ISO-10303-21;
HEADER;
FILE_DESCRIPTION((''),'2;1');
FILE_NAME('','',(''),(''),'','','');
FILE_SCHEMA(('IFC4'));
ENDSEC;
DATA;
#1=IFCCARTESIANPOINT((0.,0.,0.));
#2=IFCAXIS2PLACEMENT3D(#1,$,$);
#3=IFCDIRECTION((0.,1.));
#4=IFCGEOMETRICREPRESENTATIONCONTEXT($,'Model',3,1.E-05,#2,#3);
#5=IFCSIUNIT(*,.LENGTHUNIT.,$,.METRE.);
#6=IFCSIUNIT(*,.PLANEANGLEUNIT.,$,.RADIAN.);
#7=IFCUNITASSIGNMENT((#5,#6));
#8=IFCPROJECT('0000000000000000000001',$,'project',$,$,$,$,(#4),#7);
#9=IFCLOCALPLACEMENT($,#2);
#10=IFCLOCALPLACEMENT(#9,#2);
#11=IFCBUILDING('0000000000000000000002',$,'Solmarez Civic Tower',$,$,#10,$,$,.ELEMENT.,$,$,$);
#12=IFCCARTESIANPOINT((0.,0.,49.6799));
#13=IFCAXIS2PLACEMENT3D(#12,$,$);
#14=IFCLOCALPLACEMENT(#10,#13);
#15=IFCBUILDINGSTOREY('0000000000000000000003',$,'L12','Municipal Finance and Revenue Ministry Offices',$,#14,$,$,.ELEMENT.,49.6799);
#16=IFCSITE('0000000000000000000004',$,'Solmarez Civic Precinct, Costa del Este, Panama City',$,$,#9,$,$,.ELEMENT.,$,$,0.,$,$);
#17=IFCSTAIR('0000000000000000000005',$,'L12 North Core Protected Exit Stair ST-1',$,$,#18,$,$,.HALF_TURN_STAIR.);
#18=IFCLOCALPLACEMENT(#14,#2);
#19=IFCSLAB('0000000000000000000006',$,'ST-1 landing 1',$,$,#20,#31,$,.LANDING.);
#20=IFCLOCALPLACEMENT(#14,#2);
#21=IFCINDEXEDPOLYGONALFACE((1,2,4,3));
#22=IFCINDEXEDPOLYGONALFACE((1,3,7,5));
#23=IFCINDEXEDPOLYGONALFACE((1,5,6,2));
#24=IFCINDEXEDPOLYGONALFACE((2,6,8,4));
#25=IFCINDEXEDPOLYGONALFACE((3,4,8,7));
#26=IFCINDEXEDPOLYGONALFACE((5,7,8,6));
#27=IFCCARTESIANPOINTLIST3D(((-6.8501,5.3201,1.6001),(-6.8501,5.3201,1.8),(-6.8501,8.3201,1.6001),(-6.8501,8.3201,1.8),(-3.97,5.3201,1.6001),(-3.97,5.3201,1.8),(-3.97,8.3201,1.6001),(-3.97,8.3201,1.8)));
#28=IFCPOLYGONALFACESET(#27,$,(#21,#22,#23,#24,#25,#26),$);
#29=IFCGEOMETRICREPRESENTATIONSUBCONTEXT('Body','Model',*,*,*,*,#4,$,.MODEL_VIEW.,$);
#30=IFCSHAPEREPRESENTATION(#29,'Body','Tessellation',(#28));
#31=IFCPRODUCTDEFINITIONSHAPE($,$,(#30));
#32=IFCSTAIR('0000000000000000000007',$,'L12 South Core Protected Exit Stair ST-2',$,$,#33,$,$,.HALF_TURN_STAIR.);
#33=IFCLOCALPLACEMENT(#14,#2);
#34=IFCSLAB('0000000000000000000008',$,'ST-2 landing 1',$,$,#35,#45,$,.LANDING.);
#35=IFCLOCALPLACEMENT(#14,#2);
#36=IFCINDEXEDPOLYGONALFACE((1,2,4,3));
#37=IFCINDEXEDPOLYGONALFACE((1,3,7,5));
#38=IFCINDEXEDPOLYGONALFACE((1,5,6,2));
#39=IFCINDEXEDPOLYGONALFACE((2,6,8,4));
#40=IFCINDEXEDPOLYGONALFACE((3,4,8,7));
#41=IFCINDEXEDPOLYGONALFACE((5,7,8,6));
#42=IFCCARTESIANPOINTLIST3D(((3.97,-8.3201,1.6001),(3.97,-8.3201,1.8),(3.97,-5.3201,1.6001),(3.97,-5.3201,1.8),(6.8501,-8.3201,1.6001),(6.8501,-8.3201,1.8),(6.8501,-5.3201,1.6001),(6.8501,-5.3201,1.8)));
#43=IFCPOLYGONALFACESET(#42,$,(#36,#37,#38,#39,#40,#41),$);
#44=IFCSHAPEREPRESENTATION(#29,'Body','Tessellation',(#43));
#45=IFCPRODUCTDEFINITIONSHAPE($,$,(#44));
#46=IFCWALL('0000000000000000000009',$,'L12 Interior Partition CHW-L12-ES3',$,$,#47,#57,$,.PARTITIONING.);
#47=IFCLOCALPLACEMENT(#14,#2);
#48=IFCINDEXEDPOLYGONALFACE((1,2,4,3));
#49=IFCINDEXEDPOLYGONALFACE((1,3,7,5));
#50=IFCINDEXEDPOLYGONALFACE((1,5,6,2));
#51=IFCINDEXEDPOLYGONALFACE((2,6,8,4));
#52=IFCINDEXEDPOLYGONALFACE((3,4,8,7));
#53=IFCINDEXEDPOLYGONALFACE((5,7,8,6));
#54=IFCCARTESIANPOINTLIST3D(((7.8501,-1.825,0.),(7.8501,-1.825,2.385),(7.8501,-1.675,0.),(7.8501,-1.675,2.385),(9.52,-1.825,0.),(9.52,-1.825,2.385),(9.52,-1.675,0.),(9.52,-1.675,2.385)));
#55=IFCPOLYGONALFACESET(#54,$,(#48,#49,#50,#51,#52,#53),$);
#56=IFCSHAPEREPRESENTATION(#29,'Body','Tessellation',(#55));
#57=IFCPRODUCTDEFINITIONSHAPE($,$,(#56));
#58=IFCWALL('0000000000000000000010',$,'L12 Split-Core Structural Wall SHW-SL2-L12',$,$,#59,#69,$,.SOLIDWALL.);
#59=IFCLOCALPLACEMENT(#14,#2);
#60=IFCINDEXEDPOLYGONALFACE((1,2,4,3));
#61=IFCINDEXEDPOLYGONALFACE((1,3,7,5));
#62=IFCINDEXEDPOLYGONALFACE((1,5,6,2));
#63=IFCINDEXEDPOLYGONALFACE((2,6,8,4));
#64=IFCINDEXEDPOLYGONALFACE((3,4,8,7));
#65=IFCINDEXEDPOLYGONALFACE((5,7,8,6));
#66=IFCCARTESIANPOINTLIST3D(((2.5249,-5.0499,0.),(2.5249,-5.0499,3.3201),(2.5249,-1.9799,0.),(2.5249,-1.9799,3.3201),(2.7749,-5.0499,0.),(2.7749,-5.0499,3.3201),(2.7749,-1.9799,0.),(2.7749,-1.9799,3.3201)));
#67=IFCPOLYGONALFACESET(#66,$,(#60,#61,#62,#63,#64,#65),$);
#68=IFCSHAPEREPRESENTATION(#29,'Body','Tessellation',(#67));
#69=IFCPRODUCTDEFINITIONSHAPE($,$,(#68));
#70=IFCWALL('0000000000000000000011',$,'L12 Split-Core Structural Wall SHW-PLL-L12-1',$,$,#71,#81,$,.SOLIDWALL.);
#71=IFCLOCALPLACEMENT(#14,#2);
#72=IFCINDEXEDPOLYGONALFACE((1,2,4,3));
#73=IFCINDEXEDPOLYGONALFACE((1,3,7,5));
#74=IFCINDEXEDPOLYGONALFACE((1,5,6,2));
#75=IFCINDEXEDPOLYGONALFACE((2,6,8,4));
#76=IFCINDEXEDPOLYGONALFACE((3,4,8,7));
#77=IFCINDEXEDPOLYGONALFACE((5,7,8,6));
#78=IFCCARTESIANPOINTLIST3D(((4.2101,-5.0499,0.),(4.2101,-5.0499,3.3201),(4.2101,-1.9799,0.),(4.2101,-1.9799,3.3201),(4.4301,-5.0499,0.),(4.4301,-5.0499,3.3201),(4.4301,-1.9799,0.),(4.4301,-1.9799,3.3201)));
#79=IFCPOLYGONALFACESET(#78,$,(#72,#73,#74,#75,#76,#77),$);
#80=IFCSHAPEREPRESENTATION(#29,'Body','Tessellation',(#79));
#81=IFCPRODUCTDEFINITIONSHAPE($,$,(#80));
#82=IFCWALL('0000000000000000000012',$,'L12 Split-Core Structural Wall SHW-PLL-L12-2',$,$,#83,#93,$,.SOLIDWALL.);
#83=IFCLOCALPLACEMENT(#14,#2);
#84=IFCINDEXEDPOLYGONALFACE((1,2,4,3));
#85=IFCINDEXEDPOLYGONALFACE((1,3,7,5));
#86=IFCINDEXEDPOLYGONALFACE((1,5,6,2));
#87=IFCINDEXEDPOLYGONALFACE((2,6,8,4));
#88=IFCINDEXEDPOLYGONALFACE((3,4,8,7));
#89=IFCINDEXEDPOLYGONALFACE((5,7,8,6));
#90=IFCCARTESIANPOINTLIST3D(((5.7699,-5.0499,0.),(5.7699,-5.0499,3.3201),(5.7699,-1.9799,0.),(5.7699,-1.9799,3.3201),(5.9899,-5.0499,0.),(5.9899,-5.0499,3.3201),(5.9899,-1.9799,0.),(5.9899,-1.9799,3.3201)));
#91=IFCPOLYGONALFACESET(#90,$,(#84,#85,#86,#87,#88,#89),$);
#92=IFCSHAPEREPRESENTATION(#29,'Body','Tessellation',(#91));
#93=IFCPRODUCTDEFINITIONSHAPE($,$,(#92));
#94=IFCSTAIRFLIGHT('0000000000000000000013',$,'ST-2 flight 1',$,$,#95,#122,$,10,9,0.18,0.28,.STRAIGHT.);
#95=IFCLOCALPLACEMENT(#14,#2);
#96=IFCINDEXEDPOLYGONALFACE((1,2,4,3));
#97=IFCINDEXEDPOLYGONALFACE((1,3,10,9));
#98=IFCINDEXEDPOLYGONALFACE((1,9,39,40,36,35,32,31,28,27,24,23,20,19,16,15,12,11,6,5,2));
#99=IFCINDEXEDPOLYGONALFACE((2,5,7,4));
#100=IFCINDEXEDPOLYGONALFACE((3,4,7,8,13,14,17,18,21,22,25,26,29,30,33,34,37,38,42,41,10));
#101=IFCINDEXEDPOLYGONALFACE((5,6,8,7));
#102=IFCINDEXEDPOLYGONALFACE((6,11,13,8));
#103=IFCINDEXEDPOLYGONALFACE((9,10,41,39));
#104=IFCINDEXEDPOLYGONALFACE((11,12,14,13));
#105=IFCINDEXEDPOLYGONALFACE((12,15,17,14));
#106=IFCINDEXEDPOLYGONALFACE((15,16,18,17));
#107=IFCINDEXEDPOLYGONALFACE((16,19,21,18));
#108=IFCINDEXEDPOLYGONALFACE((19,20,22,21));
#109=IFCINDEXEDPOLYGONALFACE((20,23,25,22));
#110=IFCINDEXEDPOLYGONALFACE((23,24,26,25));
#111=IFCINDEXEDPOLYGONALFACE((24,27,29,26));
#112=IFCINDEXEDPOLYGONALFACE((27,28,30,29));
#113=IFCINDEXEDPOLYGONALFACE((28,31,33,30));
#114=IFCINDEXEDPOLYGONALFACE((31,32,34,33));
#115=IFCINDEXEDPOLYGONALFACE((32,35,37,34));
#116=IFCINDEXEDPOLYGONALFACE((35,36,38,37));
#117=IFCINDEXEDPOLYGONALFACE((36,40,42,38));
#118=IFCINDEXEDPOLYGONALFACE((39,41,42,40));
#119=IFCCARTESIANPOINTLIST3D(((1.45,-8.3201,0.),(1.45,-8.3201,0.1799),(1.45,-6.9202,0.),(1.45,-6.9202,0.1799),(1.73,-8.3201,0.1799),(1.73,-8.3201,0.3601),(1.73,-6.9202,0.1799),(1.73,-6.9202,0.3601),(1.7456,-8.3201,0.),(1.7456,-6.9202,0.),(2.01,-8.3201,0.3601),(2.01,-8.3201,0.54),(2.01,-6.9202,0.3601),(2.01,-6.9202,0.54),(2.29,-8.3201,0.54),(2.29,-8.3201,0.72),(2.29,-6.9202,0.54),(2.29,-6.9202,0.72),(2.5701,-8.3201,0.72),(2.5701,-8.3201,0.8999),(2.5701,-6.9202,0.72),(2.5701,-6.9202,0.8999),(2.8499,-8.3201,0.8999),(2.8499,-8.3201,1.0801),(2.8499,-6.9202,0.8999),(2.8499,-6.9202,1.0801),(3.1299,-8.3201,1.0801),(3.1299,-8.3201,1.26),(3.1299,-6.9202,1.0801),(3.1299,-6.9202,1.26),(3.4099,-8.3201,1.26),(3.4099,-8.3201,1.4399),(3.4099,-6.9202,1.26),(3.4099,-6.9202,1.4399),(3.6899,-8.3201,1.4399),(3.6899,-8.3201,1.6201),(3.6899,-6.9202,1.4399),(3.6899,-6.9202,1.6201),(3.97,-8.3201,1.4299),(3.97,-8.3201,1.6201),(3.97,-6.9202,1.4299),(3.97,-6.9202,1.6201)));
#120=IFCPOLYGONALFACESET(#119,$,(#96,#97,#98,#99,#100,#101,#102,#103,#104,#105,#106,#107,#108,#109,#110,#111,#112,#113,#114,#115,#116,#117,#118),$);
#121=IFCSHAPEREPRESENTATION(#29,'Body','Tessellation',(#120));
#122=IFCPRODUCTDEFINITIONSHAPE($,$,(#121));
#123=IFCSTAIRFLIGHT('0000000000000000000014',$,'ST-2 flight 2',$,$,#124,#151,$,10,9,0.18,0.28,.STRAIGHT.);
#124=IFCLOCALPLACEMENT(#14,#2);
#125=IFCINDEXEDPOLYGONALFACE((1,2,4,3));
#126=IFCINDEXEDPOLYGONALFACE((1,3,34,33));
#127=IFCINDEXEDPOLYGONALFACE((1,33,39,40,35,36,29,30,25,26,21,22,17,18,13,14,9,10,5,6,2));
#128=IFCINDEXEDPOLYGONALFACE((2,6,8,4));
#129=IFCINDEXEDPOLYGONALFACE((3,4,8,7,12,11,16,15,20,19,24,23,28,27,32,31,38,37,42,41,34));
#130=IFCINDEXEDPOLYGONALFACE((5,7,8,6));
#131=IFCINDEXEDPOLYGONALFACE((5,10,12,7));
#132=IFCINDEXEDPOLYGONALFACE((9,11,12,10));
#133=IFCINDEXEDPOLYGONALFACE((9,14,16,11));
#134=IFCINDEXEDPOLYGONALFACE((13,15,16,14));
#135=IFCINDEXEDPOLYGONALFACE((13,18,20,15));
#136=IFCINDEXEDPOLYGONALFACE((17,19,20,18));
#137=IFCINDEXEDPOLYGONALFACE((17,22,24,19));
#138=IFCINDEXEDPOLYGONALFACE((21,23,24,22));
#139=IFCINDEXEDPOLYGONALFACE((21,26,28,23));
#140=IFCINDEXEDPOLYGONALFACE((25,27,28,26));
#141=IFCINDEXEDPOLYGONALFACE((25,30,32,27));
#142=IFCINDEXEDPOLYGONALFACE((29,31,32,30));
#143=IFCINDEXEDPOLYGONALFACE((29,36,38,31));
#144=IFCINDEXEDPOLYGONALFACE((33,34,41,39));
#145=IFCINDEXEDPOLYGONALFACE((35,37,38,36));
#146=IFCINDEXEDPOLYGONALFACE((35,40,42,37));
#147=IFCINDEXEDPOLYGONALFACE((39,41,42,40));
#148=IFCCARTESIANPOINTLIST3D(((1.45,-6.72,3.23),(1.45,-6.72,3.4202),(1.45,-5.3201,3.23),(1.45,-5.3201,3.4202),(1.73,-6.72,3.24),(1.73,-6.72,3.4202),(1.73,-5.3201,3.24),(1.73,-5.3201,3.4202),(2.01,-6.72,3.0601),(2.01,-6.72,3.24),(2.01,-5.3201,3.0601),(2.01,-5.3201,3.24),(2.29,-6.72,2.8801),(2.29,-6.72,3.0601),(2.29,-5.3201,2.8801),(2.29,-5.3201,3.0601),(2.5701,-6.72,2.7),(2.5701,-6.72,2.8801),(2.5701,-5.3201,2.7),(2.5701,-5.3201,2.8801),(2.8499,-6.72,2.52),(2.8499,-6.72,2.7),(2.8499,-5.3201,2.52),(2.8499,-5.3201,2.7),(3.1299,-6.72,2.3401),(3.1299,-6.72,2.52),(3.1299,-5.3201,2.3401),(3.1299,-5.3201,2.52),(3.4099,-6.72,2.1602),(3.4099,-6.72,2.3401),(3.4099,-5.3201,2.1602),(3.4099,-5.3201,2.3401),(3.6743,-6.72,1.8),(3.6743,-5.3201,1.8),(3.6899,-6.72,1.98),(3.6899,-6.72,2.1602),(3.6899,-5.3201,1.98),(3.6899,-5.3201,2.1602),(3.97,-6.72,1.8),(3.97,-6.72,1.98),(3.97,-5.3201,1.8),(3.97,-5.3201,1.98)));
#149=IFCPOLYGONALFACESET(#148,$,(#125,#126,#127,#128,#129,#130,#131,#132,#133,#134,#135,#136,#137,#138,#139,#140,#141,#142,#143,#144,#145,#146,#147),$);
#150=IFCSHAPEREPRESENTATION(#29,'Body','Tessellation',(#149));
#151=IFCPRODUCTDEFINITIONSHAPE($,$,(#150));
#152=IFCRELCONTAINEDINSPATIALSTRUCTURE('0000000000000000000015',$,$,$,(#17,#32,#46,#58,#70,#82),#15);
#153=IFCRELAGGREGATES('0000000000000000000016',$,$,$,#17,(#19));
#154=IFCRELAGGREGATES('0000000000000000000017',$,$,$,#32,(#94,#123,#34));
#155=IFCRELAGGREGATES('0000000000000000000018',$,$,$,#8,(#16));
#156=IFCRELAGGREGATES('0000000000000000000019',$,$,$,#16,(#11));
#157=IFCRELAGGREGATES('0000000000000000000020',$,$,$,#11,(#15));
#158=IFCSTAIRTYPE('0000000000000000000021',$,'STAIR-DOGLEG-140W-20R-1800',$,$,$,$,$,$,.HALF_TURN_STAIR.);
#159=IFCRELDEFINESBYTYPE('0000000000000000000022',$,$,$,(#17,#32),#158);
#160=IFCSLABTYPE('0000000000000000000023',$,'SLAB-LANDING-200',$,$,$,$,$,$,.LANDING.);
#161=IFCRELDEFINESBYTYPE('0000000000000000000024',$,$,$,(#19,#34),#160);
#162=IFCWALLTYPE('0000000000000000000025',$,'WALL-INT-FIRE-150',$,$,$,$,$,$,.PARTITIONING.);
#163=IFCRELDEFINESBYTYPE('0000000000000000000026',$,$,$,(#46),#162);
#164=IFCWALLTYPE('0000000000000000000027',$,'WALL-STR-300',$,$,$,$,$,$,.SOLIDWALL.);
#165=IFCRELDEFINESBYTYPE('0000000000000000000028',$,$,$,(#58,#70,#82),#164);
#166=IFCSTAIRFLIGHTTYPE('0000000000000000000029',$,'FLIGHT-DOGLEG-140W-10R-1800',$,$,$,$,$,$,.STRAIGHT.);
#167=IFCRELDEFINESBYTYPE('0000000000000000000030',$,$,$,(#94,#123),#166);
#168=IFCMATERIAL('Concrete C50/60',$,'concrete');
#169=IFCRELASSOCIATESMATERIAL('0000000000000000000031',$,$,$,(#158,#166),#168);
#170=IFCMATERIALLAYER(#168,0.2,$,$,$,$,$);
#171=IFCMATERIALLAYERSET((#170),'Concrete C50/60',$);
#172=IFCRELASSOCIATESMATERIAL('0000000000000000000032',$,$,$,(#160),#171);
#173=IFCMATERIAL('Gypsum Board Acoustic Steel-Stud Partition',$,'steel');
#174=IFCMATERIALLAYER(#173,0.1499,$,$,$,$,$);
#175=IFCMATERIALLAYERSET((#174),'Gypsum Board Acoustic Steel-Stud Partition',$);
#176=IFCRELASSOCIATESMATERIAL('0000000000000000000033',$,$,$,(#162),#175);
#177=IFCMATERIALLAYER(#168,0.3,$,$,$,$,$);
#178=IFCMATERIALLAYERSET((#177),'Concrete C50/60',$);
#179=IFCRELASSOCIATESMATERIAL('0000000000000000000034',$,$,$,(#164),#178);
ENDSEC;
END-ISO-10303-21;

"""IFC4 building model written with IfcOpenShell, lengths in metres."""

from ifc_helpers import new_model, si_unit, direction, frame, frame_2d, origin, place, context, subcontext, project, spatial, polyline, rectangle, outline, extrude, material, layer, layer_set, type_object, element, aggregate, save


model = new_model("IFC4")

# Units and contexts
model_context = context("Model", 3, precision=1e-05, world=origin(), true_north=direction((0.0, 1.0)))
body_context = subcontext(model_context, "Body", "Model", "MODEL_VIEW")
ifc_project = project(units=[si_unit("LENGTHUNIT", "METRE"), si_unit("PLANEANGLEUNIT", "RADIAN")], contexts=[model_context])

# Site, building, storey
site_placement = place(None, origin())
site = spatial("IfcSite", under=ifc_project, at=site_placement, Name="Solmarez Civic Precinct, Costa del Este, Panama City", CompositionType="ELEMENT", RefElevation=0.0)
building_placement = place(site_placement, origin())
building = spatial("IfcBuilding", under=site, at=building_placement, Name="Solmarez Civic Tower", CompositionType="ELEMENT")
storey_placement = place(building_placement, frame((0.0, 0.0, 49.6799)))
storey = spatial("IfcBuildingStorey", under=building, at=storey_placement, Name="L12", Description="Municipal Finance and Revenue Ministry Offices", CompositionType="ELEMENT", Elevation=49.6799)

# Stairs, slabs
ifc_material_1 = material(Name="Concrete C50/60", Category="concrete")
stair_type = type_object("IfcStairType", Name="STAIR-DOGLEG-140W-20R-1800", PredefinedType="HALF_TURN_STAIR", material=ifc_material_1)
stair_1_placement = place(storey_placement, origin())
stair_1 = element("IfcStair", 1, at=stair_1_placement, inside=storey, type_object=stair_type, Name="L12 North Core Protected Exit Stair ST-1", PredefinedType="HALF_TURN_STAIR")
ifc_layer_1 = layer(ifc_material_1, 0.2)
ifc_layer_set_1 = layer_set([ifc_layer_1], Name="Concrete C50/60")
slab_type = type_object("IfcSlabType", Name="SLAB-LANDING-200", PredefinedType="LANDING", material=ifc_layer_set_1)
slab_1_placement = place(storey_placement, frame((0.0, 0.0, 1.6001)))
slab_1 = element("IfcSlab", 2, at=slab_1_placement, type_object=slab_type, Name="ST-1 landing 1", PredefinedType="LANDING", context=body_context, shape_type="SweptSolid", body=[
    extrude(outline(polyline([(-3.97, 8.3201), (-6.8501, 8.3201), (-6.8501, 5.3201), (-3.97, 5.3201), (-3.97, 8.3201)])), origin(), (0.0, 0.0, 1.0), 0.2),
])
aggregate(stair_1, [slab_1])
stair_2_placement = place(storey_placement, origin())
stair_2 = element("IfcStair", 3, at=stair_2_placement, inside=storey, type_object=stair_type, Name="L12 South Core Protected Exit Stair ST-2", PredefinedType="HALF_TURN_STAIR")
slab_2_placement = place(storey_placement, frame((0.0, 0.0, 1.6001)))
slab_2 = element("IfcSlab", 4, at=slab_2_placement, type_object=slab_type, Name="ST-2 landing 1", PredefinedType="LANDING", context=body_context, shape_type="SweptSolid", body=[
    extrude(outline(polyline([(3.97, -8.3201), (6.8501, -8.3201), (6.8501, -5.3201), (3.97, -5.3201), (3.97, -8.3201)])), origin(), (0.0, 0.0, 1.0), 0.2),
])

# Walls
ifc_material_2 = material(Name="Gypsum Board Acoustic Steel-Stud Partition", Category="steel")
ifc_layer_2 = layer(ifc_material_2, 0.1499)
ifc_layer_set_2 = layer_set([ifc_layer_2], Name="Gypsum Board Acoustic Steel-Stud Partition")
wall_type_1 = type_object("IfcWallType", Name="WALL-INT-FIRE-150", PredefinedType="PARTITIONING", material=ifc_layer_set_2)
wall_1_placement = place(storey_placement, frame((7.8501, -1.75, 0.0), z_axis=(0.0, 0.0, 1.0), x_axis=(1.0, 0.0, 0.0)))
element("IfcWall", 5, at=wall_1_placement, inside=storey, type_object=wall_type_1, Name="L12 Interior Partition CHW-L12-ES3", PredefinedType="PARTITIONING", context=body_context, shape_type="SweptSolid", body=[
    extrude(rectangle(XDim=1.6699, YDim=0.1499, at=frame_2d((0.835, 0.0))), origin(), (0.0, 0.0, 1.0), 2.385),
])
ifc_layer_3 = layer(ifc_material_1, 0.3)
ifc_layer_set_3 = layer_set([ifc_layer_3], Name="Concrete C50/60")
wall_type_2 = type_object("IfcWallType", Name="WALL-STR-300", PredefinedType="SOLIDWALL", material=ifc_layer_set_3)
wall_2_placement = place(storey_placement, frame((2.6499, -5.05, 0.0), z_axis=(0.0, 0.0, 1.0), x_axis=(0.0, 1.0, 0.0)))
element("IfcWall", 6, at=wall_2_placement, inside=storey, type_object=wall_type_2, Name="L12 Split-Core Structural Wall SHW-SL2-L12", PredefinedType="SOLIDWALL", context=body_context, shape_type="SweptSolid", body=[
    extrude(rectangle(XDim=3.0701, YDim=0.25, at=frame_2d((1.5352, 0.0))), origin(), (0.0, 0.0, 1.0), 3.3201),
])
for number, where, z_axis, x_axis, name in (
    (7, (4.3201, -5.05, 0.0), (0.0, 0.0, 1.0), (0.0, 1.0, 0.0), "L12 Split-Core Structural Wall SHW-PLL-L12-1"),
    (8, (5.8799, -5.05, 0.0), (0.0, 0.0, 1.0), (0.0, 1.0, 0.0), "L12 Split-Core Structural Wall SHW-PLL-L12-2"),
):
    element("IfcWall", number, at=place(storey_placement, frame(where, z_axis=z_axis, x_axis=x_axis)), inside=storey, type_object=wall_type_2, Name=name, PredefinedType="SOLIDWALL", context=body_context, shape_type="SweptSolid", body=[
        extrude(rectangle(XDim=3.0701, YDim=0.22, at=frame_2d((1.5352, 0.0))), origin(), (0.0, 0.0, 1.0), 3.3201),
    ])

# Stair flights
stair_flight_type = type_object("IfcStairFlightType", Name="FLIGHT-DOGLEG-140W-10R-1800", PredefinedType="STRAIGHT", material=ifc_material_1)
stair_flight_1_placement = place(storey_placement, frame((1.45, -7.6201, 0.0), z_axis=(0.0, 0.0, 1.0), x_axis=(1.0, 0.0, 0.0)))
stair_flight_1 = element("IfcStairFlight", 9, at=stair_flight_1_placement, type_object=stair_flight_type, Name="ST-2 flight 1", NumberOfRisers=10, NumberOfTreads=9, PredefinedType="STRAIGHT", RiserHeight=0.18, TreadLength=0.28, context=body_context, shape_type="SweptSolid", body=[
    extrude(outline(polyline([(0.0, 0.0), (0.0, 0.1799), (0.28, 0.1799), (0.28, 0.3601), (0.5601, 0.3601), (0.5601, 0.54), (0.8401, 0.54), (0.8401, 0.72), (1.1201, 0.72), (1.1201, 0.8999), (1.3999, 0.8999), (1.3999, 1.0801), (1.6799, 1.0801), (1.6799, 1.26), (1.96, 1.26), (1.96, 1.4399), (2.24, 1.4399), (2.24, 1.6201), (2.52, 1.6201), (2.52, 1.8), (2.52, 1.4299), (0.2957, 0.0), (0.0, 0.0)])), frame((0.0, 0.7, 0.0), z_axis=(0.0, -1.0, 0.0), x_axis=(1.0, 0.0, 0.0)), (0.0, 0.0, 1.0), 1.3999),
])
stair_flight_2_placement = place(storey_placement, frame((3.97, -6.02, 1.8), z_axis=(0.0, 0.0, 1.0), x_axis=(-1.0, 0.0, 0.0)))
stair_flight_2 = element("IfcStairFlight", 10, at=stair_flight_2_placement, type_object=stair_flight_type, Name="ST-2 flight 2", NumberOfRisers=10, NumberOfTreads=9, PredefinedType="STRAIGHT", RiserHeight=0.18, TreadLength=0.28, context=body_context, shape_type="SweptSolid", body=[
    extrude(outline(polyline([(0.0, 0.0), (0.0, 0.1799), (0.28, 0.1799), (0.28, 0.3601), (0.5601, 0.3601), (0.5601, 0.54), (0.8401, 0.54), (0.8401, 0.72), (1.1201, 0.72), (1.1201, 0.8999), (1.3999, 0.8999), (1.3999, 1.0801), (1.6799, 1.0801), (1.6799, 1.26), (1.96, 1.26), (1.96, 1.4399), (2.24, 1.4399), (2.24, 1.6201), (2.52, 1.6201), (2.52, 1.8), (2.52, 1.4299), (0.2957, 0.0), (0.0, 0.0)])), frame((0.0, 0.7, 0.0), z_axis=(0.0, -1.0, 0.0), x_axis=(1.0, 0.0, 0.0)), (0.0, 0.0, 1.0), 1.3999),
])
aggregate(stair_2, [stair_flight_1, stair_flight_2, slab_2])

save(model, "model.ifc")
